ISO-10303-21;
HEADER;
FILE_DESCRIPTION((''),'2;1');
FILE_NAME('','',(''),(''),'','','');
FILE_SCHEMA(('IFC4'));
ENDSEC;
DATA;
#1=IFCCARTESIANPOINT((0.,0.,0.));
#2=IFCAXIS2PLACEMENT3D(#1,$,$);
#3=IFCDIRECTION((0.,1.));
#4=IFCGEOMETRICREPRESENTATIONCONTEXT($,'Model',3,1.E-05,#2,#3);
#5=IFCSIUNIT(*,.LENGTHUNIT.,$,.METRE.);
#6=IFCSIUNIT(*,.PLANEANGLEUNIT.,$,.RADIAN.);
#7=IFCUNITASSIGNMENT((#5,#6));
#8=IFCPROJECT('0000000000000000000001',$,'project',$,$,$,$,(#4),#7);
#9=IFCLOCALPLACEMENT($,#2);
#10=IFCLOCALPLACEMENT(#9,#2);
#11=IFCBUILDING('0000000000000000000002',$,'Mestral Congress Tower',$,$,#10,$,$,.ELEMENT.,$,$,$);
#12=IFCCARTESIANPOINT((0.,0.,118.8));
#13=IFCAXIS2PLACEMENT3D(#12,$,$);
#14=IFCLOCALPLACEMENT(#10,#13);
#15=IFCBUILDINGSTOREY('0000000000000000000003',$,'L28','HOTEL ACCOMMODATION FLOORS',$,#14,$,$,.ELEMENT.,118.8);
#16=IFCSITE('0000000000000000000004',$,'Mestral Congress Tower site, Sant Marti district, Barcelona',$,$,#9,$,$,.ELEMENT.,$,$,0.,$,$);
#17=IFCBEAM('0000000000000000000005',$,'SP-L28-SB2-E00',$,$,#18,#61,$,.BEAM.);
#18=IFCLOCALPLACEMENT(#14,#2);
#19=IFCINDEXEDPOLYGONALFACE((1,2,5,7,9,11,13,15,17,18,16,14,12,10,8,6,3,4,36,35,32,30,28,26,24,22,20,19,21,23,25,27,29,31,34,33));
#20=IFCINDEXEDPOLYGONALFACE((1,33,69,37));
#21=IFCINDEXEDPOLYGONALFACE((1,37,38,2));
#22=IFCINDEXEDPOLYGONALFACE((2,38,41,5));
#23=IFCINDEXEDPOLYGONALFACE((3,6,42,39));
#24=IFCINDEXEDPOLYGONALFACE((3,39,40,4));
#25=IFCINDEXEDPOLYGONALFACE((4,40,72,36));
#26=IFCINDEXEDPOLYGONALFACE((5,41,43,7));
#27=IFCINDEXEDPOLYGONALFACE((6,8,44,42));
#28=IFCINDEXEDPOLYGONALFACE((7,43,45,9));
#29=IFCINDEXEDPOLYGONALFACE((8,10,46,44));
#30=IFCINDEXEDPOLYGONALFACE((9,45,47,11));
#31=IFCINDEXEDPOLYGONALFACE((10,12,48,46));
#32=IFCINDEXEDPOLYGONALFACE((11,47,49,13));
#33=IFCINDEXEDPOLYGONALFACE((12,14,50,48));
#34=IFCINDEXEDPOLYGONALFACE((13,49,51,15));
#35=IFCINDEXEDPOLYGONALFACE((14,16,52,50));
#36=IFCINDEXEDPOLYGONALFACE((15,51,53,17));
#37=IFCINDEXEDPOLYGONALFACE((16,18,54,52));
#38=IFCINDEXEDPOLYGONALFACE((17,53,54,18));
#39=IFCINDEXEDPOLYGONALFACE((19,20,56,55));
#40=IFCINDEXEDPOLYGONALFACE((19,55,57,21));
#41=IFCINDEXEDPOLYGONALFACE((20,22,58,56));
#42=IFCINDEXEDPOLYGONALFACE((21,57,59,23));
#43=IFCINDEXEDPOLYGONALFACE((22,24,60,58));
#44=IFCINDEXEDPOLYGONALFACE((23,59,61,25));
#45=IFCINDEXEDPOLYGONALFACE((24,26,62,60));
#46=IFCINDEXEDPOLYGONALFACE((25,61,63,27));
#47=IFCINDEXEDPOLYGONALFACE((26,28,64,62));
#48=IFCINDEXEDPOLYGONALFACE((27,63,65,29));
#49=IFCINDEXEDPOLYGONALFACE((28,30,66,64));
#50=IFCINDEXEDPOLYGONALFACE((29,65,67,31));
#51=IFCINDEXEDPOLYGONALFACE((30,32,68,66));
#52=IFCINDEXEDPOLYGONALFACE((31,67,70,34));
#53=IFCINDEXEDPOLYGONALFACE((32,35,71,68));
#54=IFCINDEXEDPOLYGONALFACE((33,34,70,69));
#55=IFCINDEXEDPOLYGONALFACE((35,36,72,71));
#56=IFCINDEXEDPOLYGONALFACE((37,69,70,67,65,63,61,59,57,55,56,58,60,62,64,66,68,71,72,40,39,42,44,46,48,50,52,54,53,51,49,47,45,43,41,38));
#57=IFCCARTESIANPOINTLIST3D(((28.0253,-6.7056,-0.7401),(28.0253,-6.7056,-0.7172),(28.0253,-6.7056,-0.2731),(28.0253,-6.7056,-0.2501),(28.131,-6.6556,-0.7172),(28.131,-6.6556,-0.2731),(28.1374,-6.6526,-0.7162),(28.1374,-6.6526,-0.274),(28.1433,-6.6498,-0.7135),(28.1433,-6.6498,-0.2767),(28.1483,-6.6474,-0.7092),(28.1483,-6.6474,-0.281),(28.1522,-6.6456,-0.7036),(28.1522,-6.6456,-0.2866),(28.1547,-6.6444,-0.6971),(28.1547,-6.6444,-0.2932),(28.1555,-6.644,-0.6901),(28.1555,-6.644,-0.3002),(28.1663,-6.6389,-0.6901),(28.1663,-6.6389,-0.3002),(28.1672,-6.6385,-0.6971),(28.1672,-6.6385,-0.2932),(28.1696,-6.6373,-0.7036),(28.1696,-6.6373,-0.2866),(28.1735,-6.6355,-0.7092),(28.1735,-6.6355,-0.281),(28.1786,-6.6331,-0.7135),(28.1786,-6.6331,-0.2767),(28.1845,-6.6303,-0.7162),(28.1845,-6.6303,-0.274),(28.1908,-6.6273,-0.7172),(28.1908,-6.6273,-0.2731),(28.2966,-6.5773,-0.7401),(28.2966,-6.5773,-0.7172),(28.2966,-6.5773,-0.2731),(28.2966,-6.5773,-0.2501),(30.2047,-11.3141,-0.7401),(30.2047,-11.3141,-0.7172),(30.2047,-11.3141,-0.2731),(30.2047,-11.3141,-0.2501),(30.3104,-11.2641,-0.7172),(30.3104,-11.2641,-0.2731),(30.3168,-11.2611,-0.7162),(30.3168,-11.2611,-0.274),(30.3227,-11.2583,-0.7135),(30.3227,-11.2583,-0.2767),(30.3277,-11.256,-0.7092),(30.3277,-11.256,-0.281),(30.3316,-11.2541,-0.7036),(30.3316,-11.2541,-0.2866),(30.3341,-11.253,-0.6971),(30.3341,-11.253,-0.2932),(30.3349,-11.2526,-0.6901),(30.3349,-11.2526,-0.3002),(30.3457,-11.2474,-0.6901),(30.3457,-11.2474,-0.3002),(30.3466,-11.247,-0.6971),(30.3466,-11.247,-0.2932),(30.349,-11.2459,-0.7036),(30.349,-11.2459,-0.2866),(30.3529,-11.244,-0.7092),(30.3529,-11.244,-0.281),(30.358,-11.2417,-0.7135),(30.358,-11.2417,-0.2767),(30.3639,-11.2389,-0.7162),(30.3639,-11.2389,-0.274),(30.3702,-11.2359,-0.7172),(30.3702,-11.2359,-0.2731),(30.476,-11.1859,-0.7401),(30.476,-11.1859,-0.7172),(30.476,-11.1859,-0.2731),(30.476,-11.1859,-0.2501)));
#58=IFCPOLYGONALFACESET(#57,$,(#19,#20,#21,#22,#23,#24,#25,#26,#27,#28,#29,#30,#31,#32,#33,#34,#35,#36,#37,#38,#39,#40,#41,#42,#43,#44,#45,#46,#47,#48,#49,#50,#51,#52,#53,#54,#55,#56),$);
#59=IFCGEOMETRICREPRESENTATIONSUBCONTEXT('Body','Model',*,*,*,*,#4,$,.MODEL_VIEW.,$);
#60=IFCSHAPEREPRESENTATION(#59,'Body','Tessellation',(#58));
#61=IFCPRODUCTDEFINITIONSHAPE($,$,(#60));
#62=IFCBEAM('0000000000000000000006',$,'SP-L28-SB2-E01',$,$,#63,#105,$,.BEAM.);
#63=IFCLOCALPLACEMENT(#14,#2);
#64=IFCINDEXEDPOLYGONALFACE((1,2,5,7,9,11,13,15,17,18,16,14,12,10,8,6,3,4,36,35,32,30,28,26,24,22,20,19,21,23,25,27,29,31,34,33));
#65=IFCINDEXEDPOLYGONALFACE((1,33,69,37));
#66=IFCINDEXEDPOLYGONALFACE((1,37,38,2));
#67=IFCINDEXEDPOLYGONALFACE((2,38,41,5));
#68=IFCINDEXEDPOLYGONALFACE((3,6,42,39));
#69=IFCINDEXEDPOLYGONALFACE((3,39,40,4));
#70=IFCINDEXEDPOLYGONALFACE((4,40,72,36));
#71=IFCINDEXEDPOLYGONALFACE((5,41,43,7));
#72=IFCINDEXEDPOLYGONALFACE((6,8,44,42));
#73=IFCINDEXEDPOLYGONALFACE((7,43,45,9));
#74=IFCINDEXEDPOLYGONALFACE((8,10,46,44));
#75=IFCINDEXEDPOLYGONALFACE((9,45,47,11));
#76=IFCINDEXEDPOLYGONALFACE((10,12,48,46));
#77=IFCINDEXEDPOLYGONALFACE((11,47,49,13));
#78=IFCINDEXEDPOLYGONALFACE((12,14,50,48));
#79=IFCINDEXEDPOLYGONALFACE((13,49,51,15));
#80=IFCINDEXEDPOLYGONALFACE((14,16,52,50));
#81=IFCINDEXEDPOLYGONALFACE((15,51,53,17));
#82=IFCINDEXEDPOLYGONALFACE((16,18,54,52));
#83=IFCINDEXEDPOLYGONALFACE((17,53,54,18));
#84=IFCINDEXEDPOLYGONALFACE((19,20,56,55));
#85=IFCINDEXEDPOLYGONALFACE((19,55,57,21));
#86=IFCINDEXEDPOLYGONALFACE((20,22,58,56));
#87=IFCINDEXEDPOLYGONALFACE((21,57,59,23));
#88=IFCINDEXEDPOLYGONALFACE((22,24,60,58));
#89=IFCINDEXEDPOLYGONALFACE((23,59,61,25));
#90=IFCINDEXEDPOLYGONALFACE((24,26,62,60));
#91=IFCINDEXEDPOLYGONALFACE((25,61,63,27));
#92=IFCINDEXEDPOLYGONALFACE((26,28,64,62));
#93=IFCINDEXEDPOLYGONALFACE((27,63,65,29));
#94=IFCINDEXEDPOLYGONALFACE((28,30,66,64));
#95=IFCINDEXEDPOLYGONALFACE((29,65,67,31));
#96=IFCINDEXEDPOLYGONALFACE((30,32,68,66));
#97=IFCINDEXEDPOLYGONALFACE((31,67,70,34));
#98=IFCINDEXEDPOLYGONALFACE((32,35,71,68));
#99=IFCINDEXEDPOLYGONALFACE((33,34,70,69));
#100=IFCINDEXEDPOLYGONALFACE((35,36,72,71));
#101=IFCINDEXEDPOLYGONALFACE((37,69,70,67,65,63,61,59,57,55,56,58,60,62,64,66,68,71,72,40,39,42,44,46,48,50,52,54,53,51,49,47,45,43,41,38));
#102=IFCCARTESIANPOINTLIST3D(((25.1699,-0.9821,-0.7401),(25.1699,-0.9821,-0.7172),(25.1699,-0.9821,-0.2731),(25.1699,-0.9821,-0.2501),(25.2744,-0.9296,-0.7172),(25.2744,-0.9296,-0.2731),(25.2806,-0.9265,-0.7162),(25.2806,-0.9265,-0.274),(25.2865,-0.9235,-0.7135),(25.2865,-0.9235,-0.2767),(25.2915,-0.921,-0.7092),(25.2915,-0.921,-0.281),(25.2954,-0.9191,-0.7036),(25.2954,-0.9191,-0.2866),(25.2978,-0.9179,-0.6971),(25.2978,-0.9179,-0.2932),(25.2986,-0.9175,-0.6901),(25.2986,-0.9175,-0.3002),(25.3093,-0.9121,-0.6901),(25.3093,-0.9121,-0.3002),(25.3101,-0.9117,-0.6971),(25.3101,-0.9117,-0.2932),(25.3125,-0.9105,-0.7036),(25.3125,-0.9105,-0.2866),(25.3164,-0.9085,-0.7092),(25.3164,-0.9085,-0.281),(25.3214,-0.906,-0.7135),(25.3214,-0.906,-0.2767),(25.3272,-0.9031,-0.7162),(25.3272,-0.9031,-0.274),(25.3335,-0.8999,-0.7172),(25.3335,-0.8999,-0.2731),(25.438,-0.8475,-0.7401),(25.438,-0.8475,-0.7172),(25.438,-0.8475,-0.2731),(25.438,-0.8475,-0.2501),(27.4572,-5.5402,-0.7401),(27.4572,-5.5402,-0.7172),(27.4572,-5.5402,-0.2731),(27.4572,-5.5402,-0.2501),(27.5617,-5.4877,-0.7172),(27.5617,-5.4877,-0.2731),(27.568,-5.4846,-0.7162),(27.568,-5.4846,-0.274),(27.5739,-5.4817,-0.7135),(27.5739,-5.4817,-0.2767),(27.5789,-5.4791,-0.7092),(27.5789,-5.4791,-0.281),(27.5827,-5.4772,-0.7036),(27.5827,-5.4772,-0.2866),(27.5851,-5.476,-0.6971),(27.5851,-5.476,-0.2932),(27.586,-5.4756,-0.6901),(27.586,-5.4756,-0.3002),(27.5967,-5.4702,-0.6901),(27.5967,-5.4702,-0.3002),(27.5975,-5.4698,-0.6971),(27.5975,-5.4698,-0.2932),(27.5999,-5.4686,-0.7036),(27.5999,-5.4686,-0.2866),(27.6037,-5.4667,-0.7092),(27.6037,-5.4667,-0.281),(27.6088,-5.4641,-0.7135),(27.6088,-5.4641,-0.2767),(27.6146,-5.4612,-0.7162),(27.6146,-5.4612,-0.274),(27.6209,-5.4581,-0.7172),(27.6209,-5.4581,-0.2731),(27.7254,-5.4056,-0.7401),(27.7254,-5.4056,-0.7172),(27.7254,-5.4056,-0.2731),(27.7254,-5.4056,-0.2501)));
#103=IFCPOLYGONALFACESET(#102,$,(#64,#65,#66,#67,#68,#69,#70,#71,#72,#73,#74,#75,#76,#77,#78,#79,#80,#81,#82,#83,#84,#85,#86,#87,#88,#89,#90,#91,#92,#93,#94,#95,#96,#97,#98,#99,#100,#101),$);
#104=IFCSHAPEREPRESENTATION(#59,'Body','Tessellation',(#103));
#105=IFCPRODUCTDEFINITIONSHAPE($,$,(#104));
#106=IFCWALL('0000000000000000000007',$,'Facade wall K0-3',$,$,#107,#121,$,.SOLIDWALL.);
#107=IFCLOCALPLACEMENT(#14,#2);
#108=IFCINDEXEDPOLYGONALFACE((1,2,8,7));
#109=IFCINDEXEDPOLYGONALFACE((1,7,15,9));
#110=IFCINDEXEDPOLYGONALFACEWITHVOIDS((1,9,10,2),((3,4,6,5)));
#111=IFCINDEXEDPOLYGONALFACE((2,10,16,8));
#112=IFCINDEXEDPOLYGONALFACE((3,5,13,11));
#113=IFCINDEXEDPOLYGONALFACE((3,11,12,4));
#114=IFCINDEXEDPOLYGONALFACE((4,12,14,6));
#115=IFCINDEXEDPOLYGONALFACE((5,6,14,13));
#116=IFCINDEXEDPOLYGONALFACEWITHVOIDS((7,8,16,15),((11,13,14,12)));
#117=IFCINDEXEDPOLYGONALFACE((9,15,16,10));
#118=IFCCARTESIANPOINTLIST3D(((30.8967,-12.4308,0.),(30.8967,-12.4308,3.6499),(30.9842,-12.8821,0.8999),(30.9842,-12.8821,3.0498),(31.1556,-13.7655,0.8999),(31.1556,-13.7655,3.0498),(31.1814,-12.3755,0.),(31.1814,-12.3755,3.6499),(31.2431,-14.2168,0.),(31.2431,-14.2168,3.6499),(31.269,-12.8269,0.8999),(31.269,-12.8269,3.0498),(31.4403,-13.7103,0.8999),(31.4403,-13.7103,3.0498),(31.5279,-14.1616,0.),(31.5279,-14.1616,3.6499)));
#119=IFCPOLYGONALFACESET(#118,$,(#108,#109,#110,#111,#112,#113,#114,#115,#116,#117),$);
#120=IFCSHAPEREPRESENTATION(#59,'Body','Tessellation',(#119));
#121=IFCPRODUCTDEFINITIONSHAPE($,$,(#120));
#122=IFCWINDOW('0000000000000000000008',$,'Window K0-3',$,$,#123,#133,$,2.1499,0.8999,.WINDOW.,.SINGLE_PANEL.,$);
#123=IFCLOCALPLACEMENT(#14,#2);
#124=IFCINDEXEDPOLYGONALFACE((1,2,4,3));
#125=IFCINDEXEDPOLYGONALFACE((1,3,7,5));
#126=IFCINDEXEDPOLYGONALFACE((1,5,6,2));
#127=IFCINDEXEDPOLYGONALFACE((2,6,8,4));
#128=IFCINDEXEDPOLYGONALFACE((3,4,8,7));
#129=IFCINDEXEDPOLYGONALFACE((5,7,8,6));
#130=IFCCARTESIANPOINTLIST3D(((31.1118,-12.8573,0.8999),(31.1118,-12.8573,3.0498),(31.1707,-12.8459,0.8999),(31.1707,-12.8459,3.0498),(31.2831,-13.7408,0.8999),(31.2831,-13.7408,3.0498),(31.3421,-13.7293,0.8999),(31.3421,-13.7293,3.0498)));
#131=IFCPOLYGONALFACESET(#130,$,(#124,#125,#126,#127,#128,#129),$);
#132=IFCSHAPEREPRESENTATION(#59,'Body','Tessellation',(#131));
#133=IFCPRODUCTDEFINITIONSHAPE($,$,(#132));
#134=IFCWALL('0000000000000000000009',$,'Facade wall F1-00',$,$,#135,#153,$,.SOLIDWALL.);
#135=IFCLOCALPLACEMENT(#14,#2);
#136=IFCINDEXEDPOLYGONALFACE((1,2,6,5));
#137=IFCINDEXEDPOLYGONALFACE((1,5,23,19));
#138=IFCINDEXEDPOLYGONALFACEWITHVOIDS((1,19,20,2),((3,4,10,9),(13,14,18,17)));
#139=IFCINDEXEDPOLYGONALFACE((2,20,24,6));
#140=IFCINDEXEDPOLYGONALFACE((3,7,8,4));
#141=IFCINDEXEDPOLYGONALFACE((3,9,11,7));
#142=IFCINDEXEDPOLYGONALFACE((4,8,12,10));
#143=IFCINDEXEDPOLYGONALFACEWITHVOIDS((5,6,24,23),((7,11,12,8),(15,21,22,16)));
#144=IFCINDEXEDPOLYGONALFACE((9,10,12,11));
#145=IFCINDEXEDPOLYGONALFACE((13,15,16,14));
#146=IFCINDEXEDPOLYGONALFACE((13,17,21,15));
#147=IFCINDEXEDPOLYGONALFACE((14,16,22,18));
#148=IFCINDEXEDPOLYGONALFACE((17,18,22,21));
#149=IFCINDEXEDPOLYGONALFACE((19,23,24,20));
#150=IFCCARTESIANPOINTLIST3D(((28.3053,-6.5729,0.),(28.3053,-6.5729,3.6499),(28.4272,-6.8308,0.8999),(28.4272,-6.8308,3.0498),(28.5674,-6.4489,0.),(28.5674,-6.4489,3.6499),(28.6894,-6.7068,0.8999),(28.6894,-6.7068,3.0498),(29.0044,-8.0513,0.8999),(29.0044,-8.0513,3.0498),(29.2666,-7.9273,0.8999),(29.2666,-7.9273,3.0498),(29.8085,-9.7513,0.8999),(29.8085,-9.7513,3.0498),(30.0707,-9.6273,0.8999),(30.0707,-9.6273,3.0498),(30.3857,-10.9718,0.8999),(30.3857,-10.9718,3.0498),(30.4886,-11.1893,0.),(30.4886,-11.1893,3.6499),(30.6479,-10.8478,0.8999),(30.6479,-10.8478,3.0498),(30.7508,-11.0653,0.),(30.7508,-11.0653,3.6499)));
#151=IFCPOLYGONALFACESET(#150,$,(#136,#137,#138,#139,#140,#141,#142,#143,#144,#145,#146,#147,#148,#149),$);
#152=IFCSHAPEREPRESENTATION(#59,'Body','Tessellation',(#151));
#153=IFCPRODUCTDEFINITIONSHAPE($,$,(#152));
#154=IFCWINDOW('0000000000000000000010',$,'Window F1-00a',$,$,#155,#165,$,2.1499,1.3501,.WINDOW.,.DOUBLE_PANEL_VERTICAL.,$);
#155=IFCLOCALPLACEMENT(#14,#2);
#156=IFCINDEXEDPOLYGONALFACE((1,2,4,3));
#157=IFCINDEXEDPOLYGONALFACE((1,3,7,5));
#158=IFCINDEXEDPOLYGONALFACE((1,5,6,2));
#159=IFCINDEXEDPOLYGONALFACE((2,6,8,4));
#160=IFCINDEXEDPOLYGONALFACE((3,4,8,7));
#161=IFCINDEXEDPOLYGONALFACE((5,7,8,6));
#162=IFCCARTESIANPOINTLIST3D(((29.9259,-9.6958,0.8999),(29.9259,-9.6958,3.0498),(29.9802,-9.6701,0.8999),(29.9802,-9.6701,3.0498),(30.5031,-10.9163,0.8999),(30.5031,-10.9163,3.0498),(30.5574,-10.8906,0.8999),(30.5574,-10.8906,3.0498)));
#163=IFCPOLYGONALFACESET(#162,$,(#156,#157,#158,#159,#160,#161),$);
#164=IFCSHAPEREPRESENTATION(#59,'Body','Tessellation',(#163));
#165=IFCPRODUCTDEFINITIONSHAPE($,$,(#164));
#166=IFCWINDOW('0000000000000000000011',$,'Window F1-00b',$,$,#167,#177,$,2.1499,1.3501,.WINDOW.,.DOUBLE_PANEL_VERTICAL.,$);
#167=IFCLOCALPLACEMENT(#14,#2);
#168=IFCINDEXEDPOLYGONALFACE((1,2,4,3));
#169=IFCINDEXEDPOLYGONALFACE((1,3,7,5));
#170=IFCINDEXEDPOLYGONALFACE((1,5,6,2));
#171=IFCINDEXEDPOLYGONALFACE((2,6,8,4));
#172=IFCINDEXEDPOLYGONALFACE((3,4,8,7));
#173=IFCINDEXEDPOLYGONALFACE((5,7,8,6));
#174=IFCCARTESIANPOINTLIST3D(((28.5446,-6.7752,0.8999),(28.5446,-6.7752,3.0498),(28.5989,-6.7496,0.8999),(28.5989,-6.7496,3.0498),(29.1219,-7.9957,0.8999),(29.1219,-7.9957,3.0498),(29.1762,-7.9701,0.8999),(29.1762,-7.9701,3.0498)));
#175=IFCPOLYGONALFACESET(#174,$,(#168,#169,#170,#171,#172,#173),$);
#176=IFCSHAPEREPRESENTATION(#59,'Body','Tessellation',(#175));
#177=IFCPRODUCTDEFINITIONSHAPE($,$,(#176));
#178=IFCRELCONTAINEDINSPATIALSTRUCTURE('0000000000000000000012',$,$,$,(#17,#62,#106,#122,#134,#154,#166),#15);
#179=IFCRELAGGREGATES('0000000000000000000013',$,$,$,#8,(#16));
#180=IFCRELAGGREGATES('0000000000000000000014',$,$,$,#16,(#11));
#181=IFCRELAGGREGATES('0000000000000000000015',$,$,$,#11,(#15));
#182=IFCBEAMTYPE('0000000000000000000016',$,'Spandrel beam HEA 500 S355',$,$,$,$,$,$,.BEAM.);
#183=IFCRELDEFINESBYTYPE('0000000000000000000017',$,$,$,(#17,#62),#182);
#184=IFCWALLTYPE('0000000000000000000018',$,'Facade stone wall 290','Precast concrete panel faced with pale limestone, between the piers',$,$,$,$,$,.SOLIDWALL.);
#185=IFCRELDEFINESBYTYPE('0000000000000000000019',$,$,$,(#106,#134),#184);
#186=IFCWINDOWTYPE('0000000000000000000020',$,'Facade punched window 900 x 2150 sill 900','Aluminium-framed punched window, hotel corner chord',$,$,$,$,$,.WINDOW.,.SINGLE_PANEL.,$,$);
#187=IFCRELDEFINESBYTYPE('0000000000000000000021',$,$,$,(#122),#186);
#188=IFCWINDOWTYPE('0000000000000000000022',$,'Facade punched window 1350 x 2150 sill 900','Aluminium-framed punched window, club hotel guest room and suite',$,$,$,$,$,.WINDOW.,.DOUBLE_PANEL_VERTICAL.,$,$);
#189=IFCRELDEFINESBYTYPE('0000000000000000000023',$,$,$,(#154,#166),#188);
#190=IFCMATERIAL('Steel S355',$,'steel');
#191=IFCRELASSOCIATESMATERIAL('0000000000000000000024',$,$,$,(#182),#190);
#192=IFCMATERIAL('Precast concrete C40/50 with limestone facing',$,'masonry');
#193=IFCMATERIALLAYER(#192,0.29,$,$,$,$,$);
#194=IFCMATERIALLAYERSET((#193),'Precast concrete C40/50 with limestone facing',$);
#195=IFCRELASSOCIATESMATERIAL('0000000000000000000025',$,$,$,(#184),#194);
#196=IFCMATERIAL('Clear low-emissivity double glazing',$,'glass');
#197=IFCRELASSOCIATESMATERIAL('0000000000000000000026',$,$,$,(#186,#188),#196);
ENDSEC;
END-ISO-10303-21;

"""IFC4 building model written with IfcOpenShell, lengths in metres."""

from ifc_helpers import new_model, si_unit, direction, frame, frame_2d, origin, origin_2d, place, context, subcontext, project, spatial, rectangle, i_section, extrude, material, layer, layer_set, material_profile, profile_set, type_object, element, fill, save


model = new_model("IFC4")

# Units and contexts
model_context = context("Model", 3, precision=1e-05, world=origin(), true_north=direction((0.0, 1.0)))
body_context = subcontext(model_context, "Body", "Model", "MODEL_VIEW")
ifc_project = project(units=[si_unit("LENGTHUNIT", "METRE"), si_unit("PLANEANGLEUNIT", "RADIAN")], contexts=[model_context])

# Site, building, storey
site_placement = place(None, origin())
site = spatial("IfcSite", under=ifc_project, at=site_placement, Name="Mestral Congress Tower site, Sant Marti district, Barcelona", CompositionType="ELEMENT", RefElevation=0.0)
building_placement = place(site_placement, origin())
building = spatial("IfcBuilding", under=site, at=building_placement, Name="Mestral Congress Tower", CompositionType="ELEMENT")
storey_placement = place(building_placement, frame((0.0, 0.0, 118.8)))
storey = spatial("IfcBuildingStorey", under=building, at=storey_placement, Name="L28", Description="HOTEL ACCOMMODATION FLOORS", CompositionType="ELEMENT", Elevation=118.8)

# Beams
ifc_material_1 = material(Name="Steel S355", Category="steel")
ifc_material_profile_1 = material_profile(ifc_material_1, i_section(OverallWidth=0.3, OverallDepth=0.49, WebThickness=0.012, FlangeThickness=0.0229, FilletRadius=0.0271, at=origin_2d()), Name="HEA 500")
ifc_profile_set_1 = profile_set([ifc_material_profile_1], Name="Steel S355")
beam_type_1 = type_object("IfcBeamType", Name="Spandrel beam HEA 500 S355", PredefinedType="BEAM", material=ifc_profile_set_1)
beam_1_placement = place(storey_placement, frame((30.3403, -11.25, -0.4951), z_axis=(-0.42751, 0.904011, 0.0), x_axis=(-0.904011, -0.42751, 0.0)))
element("IfcBeam", 1, at=beam_1_placement, inside=storey, type_object=beam_type_1, Name="SP-L28-SB2-E00", PredefinedType="BEAM", context=body_context, shape_type="SweptSolid", body=[
    extrude(i_section(OverallWidth=0.3, OverallDepth=0.49, WebThickness=0.012, FlangeThickness=0.0229, FilletRadius=0.0271, at=origin_2d()), origin(), (0.0, 0.0, 1.0), 5.0979),
])
beam_2_placement = place(storey_placement, frame((27.5913, -5.4729, -0.4951), z_axis=(-0.448515, 0.893775, 0.0), x_axis=(-0.893775, -0.448515, 0.0)))
element("IfcBeam", 2, at=beam_2_placement, inside=storey, type_object=beam_type_1, Name="SP-L28-SB2-E01", PredefinedType="BEAM", context=body_context, shape_type="SweptSolid", body=[
    extrude(i_section(OverallWidth=0.3, OverallDepth=0.49, WebThickness=0.012, FlangeThickness=0.0229, FilletRadius=0.0271, at=origin_2d()), origin(), (0.0, 0.0, 1.0), 5.0999),
])

# Wall, opening, window
ifc_material_2 = material(Name="Precast concrete C40/50 with limestone facing", Category="masonry")
ifc_layer_1 = layer(ifc_material_2, 0.29)
ifc_layer_set_1 = layer_set([ifc_layer_1], Name="Precast concrete C40/50 with limestone facing")
wall_type_1 = type_object("IfcWallType", Name="Facade stone wall 290", Description="Precast concrete panel faced with pale limestone, between the piers", PredefinedType="SOLIDWALL", material=ifc_layer_set_1)
wall_1_placement = place(storey_placement, frame((31.3855, -14.1892, 0.0), z_axis=(0.0, 0.0, 1.0), x_axis=(-0.19041, 0.981705, 0.0)))
wall_1 = element("IfcWall", 3, at=wall_1_placement, inside=storey, type_object=wall_type_1, Name="Facade wall K0-3", PredefinedType="SOLIDWALL", context=body_context, shape_type="SweptSolid", body=[
    extrude(rectangle(XDim=1.8193, YDim=0.29, at=frame_2d((0.9097, 0.0))), origin(), (0.0, 0.0, 1.0), 3.6499),
])
opening_1_placement = place(wall_1_placement, frame((0.4597, 0.0, 0.8999)))
opening_1 = element("IfcOpeningElement", 4, at=opening_1_placement, cuts=wall_1, PredefinedType="OPENING", context=body_context, shape_type="SweptSolid", body=[
    extrude(rectangle(XDim=0.8999, YDim=2.1499, at=frame_2d((0.45, 1.075))), frame((0.0, 0.155, 0.0), z_axis=(0.0, -1.0, 0.0), x_axis=(1.0, 0.0, 0.0)), (0.0, 0.0, 1.0), 0.3101),
])
ifc_material_3 = material(Name="Clear low-emissivity double glazing", Category="glass")
window_type_1 = type_object("IfcWindowType", Name="Facade punched window 900 x 2150 sill 900", Description="Aluminium-framed punched window, hotel corner chord", PartitioningType="SINGLE_PANEL", PredefinedType="WINDOW", material=ifc_material_3)
window_1_placement = place(opening_1_placement, origin())
window_1 = element("IfcWindow", 5, at=window_1_placement, inside=storey, type_object=window_type_1, Name="Window K0-3", OverallHeight=2.1499, OverallWidth=0.8999, PartitioningType="SINGLE_PANEL", PredefinedType="WINDOW", context=body_context, shape_type="SweptSolid", body=[
    extrude(rectangle(XDim=0.8999, YDim=2.1499, at=frame_2d((0.45, 1.075))), frame((0.0, 0.0151, 0.0), z_axis=(0.0, -1.0, 0.0), x_axis=(1.0, 0.0, 0.0)), (0.0, 0.0, 1.0), 0.0601),
])
fill(opening_1, window_1)

# Wall, openings, windows
wall_2_placement = place(storey_placement, frame((30.6196, -11.1272, 0.0), z_axis=(0.0, 0.0, 1.0), x_axis=(-0.427544, 0.903995, 0.0)))
wall_2 = element("IfcWall", 6, at=wall_2_placement, inside=storey, type_object=wall_type_1, Name="Facade wall F1-00", PredefinedType="SOLIDWALL", context=body_context, shape_type="SweptSolid", body=[
    extrude(rectangle(XDim=5.1067, YDim=0.29, at=frame_2d((2.5532, 0.0))), origin(), (0.0, 0.0, 1.0), 3.6499),
])
opening_2_placement = place(wall_2_placement, frame((0.2405, 0.0, 0.8999)))
opening_2 = element("IfcOpeningElement", 7, at=opening_2_placement, cuts=wall_2, PredefinedType="OPENING", context=body_context, shape_type="SweptSolid", body=[
    extrude(rectangle(XDim=1.3501, YDim=2.1499, at=frame_2d((0.675, 1.075))), frame((0.0, 0.155, 0.0), z_axis=(0.0, -1.0, 0.0), x_axis=(1.0, 0.0, 0.0)), (0.0, 0.0, 1.0), 0.3101),
])
opening_3_placement = place(wall_2_placement, frame((3.4712, 0.0, 0.8999)))
opening_3 = element("IfcOpeningElement", 8, at=opening_3_placement, cuts=wall_2, PredefinedType="OPENING", context=body_context, shape_type="SweptSolid", body=[
    extrude(rectangle(XDim=1.3501, YDim=2.1499, at=frame_2d((0.675, 1.075))), frame((0.0, 0.155, 0.0), z_axis=(0.0, -1.0, 0.0), x_axis=(1.0, 0.0, 0.0)), (0.0, 0.0, 1.0), 0.3101),
])
window_type_2 = type_object("IfcWindowType", Name="Facade punched window 1350 x 2150 sill 900", Description="Aluminium-framed punched window, club hotel guest room and suite", PartitioningType="DOUBLE_PANEL_VERTICAL", PredefinedType="WINDOW", material=ifc_material_3)
window_2_placement = place(opening_2_placement, origin())
window_2 = element("IfcWindow", 9, at=window_2_placement, inside=storey, type_object=window_type_2, Name="Window F1-00a", OverallHeight=2.1499, OverallWidth=1.3501, PartitioningType="DOUBLE_PANEL_VERTICAL", PredefinedType="WINDOW", context=body_context, shape_type="SweptSolid", body=[
    extrude(rectangle(XDim=1.3501, YDim=2.1499, at=frame_2d((0.675, 1.075))), frame((0.0, 0.0151, 0.0), z_axis=(0.0, -1.0, 0.0), x_axis=(1.0, 0.0, 0.0)), (0.0, 0.0, 1.0), 0.0601),
])
fill(opening_2, window_2)
window_3_placement = place(opening_3_placement, origin())
window_3 = element("IfcWindow", 10, at=window_3_placement, inside=storey, type_object=window_type_2, Name="Window F1-00b", OverallHeight=2.1499, OverallWidth=1.3501, PartitioningType="DOUBLE_PANEL_VERTICAL", PredefinedType="WINDOW", context=body_context, shape_type="SweptSolid", body=[
    extrude(rectangle(XDim=1.3501, YDim=2.1499, at=frame_2d((0.675, 1.075))), frame((0.0, 0.0151, 0.0), z_axis=(0.0, -1.0, 0.0), x_axis=(1.0, 0.0, 0.0)), (0.0, 0.0, 1.0), 0.0601),
])
fill(opening_3, window_3)

save(model, "model.ifc")
